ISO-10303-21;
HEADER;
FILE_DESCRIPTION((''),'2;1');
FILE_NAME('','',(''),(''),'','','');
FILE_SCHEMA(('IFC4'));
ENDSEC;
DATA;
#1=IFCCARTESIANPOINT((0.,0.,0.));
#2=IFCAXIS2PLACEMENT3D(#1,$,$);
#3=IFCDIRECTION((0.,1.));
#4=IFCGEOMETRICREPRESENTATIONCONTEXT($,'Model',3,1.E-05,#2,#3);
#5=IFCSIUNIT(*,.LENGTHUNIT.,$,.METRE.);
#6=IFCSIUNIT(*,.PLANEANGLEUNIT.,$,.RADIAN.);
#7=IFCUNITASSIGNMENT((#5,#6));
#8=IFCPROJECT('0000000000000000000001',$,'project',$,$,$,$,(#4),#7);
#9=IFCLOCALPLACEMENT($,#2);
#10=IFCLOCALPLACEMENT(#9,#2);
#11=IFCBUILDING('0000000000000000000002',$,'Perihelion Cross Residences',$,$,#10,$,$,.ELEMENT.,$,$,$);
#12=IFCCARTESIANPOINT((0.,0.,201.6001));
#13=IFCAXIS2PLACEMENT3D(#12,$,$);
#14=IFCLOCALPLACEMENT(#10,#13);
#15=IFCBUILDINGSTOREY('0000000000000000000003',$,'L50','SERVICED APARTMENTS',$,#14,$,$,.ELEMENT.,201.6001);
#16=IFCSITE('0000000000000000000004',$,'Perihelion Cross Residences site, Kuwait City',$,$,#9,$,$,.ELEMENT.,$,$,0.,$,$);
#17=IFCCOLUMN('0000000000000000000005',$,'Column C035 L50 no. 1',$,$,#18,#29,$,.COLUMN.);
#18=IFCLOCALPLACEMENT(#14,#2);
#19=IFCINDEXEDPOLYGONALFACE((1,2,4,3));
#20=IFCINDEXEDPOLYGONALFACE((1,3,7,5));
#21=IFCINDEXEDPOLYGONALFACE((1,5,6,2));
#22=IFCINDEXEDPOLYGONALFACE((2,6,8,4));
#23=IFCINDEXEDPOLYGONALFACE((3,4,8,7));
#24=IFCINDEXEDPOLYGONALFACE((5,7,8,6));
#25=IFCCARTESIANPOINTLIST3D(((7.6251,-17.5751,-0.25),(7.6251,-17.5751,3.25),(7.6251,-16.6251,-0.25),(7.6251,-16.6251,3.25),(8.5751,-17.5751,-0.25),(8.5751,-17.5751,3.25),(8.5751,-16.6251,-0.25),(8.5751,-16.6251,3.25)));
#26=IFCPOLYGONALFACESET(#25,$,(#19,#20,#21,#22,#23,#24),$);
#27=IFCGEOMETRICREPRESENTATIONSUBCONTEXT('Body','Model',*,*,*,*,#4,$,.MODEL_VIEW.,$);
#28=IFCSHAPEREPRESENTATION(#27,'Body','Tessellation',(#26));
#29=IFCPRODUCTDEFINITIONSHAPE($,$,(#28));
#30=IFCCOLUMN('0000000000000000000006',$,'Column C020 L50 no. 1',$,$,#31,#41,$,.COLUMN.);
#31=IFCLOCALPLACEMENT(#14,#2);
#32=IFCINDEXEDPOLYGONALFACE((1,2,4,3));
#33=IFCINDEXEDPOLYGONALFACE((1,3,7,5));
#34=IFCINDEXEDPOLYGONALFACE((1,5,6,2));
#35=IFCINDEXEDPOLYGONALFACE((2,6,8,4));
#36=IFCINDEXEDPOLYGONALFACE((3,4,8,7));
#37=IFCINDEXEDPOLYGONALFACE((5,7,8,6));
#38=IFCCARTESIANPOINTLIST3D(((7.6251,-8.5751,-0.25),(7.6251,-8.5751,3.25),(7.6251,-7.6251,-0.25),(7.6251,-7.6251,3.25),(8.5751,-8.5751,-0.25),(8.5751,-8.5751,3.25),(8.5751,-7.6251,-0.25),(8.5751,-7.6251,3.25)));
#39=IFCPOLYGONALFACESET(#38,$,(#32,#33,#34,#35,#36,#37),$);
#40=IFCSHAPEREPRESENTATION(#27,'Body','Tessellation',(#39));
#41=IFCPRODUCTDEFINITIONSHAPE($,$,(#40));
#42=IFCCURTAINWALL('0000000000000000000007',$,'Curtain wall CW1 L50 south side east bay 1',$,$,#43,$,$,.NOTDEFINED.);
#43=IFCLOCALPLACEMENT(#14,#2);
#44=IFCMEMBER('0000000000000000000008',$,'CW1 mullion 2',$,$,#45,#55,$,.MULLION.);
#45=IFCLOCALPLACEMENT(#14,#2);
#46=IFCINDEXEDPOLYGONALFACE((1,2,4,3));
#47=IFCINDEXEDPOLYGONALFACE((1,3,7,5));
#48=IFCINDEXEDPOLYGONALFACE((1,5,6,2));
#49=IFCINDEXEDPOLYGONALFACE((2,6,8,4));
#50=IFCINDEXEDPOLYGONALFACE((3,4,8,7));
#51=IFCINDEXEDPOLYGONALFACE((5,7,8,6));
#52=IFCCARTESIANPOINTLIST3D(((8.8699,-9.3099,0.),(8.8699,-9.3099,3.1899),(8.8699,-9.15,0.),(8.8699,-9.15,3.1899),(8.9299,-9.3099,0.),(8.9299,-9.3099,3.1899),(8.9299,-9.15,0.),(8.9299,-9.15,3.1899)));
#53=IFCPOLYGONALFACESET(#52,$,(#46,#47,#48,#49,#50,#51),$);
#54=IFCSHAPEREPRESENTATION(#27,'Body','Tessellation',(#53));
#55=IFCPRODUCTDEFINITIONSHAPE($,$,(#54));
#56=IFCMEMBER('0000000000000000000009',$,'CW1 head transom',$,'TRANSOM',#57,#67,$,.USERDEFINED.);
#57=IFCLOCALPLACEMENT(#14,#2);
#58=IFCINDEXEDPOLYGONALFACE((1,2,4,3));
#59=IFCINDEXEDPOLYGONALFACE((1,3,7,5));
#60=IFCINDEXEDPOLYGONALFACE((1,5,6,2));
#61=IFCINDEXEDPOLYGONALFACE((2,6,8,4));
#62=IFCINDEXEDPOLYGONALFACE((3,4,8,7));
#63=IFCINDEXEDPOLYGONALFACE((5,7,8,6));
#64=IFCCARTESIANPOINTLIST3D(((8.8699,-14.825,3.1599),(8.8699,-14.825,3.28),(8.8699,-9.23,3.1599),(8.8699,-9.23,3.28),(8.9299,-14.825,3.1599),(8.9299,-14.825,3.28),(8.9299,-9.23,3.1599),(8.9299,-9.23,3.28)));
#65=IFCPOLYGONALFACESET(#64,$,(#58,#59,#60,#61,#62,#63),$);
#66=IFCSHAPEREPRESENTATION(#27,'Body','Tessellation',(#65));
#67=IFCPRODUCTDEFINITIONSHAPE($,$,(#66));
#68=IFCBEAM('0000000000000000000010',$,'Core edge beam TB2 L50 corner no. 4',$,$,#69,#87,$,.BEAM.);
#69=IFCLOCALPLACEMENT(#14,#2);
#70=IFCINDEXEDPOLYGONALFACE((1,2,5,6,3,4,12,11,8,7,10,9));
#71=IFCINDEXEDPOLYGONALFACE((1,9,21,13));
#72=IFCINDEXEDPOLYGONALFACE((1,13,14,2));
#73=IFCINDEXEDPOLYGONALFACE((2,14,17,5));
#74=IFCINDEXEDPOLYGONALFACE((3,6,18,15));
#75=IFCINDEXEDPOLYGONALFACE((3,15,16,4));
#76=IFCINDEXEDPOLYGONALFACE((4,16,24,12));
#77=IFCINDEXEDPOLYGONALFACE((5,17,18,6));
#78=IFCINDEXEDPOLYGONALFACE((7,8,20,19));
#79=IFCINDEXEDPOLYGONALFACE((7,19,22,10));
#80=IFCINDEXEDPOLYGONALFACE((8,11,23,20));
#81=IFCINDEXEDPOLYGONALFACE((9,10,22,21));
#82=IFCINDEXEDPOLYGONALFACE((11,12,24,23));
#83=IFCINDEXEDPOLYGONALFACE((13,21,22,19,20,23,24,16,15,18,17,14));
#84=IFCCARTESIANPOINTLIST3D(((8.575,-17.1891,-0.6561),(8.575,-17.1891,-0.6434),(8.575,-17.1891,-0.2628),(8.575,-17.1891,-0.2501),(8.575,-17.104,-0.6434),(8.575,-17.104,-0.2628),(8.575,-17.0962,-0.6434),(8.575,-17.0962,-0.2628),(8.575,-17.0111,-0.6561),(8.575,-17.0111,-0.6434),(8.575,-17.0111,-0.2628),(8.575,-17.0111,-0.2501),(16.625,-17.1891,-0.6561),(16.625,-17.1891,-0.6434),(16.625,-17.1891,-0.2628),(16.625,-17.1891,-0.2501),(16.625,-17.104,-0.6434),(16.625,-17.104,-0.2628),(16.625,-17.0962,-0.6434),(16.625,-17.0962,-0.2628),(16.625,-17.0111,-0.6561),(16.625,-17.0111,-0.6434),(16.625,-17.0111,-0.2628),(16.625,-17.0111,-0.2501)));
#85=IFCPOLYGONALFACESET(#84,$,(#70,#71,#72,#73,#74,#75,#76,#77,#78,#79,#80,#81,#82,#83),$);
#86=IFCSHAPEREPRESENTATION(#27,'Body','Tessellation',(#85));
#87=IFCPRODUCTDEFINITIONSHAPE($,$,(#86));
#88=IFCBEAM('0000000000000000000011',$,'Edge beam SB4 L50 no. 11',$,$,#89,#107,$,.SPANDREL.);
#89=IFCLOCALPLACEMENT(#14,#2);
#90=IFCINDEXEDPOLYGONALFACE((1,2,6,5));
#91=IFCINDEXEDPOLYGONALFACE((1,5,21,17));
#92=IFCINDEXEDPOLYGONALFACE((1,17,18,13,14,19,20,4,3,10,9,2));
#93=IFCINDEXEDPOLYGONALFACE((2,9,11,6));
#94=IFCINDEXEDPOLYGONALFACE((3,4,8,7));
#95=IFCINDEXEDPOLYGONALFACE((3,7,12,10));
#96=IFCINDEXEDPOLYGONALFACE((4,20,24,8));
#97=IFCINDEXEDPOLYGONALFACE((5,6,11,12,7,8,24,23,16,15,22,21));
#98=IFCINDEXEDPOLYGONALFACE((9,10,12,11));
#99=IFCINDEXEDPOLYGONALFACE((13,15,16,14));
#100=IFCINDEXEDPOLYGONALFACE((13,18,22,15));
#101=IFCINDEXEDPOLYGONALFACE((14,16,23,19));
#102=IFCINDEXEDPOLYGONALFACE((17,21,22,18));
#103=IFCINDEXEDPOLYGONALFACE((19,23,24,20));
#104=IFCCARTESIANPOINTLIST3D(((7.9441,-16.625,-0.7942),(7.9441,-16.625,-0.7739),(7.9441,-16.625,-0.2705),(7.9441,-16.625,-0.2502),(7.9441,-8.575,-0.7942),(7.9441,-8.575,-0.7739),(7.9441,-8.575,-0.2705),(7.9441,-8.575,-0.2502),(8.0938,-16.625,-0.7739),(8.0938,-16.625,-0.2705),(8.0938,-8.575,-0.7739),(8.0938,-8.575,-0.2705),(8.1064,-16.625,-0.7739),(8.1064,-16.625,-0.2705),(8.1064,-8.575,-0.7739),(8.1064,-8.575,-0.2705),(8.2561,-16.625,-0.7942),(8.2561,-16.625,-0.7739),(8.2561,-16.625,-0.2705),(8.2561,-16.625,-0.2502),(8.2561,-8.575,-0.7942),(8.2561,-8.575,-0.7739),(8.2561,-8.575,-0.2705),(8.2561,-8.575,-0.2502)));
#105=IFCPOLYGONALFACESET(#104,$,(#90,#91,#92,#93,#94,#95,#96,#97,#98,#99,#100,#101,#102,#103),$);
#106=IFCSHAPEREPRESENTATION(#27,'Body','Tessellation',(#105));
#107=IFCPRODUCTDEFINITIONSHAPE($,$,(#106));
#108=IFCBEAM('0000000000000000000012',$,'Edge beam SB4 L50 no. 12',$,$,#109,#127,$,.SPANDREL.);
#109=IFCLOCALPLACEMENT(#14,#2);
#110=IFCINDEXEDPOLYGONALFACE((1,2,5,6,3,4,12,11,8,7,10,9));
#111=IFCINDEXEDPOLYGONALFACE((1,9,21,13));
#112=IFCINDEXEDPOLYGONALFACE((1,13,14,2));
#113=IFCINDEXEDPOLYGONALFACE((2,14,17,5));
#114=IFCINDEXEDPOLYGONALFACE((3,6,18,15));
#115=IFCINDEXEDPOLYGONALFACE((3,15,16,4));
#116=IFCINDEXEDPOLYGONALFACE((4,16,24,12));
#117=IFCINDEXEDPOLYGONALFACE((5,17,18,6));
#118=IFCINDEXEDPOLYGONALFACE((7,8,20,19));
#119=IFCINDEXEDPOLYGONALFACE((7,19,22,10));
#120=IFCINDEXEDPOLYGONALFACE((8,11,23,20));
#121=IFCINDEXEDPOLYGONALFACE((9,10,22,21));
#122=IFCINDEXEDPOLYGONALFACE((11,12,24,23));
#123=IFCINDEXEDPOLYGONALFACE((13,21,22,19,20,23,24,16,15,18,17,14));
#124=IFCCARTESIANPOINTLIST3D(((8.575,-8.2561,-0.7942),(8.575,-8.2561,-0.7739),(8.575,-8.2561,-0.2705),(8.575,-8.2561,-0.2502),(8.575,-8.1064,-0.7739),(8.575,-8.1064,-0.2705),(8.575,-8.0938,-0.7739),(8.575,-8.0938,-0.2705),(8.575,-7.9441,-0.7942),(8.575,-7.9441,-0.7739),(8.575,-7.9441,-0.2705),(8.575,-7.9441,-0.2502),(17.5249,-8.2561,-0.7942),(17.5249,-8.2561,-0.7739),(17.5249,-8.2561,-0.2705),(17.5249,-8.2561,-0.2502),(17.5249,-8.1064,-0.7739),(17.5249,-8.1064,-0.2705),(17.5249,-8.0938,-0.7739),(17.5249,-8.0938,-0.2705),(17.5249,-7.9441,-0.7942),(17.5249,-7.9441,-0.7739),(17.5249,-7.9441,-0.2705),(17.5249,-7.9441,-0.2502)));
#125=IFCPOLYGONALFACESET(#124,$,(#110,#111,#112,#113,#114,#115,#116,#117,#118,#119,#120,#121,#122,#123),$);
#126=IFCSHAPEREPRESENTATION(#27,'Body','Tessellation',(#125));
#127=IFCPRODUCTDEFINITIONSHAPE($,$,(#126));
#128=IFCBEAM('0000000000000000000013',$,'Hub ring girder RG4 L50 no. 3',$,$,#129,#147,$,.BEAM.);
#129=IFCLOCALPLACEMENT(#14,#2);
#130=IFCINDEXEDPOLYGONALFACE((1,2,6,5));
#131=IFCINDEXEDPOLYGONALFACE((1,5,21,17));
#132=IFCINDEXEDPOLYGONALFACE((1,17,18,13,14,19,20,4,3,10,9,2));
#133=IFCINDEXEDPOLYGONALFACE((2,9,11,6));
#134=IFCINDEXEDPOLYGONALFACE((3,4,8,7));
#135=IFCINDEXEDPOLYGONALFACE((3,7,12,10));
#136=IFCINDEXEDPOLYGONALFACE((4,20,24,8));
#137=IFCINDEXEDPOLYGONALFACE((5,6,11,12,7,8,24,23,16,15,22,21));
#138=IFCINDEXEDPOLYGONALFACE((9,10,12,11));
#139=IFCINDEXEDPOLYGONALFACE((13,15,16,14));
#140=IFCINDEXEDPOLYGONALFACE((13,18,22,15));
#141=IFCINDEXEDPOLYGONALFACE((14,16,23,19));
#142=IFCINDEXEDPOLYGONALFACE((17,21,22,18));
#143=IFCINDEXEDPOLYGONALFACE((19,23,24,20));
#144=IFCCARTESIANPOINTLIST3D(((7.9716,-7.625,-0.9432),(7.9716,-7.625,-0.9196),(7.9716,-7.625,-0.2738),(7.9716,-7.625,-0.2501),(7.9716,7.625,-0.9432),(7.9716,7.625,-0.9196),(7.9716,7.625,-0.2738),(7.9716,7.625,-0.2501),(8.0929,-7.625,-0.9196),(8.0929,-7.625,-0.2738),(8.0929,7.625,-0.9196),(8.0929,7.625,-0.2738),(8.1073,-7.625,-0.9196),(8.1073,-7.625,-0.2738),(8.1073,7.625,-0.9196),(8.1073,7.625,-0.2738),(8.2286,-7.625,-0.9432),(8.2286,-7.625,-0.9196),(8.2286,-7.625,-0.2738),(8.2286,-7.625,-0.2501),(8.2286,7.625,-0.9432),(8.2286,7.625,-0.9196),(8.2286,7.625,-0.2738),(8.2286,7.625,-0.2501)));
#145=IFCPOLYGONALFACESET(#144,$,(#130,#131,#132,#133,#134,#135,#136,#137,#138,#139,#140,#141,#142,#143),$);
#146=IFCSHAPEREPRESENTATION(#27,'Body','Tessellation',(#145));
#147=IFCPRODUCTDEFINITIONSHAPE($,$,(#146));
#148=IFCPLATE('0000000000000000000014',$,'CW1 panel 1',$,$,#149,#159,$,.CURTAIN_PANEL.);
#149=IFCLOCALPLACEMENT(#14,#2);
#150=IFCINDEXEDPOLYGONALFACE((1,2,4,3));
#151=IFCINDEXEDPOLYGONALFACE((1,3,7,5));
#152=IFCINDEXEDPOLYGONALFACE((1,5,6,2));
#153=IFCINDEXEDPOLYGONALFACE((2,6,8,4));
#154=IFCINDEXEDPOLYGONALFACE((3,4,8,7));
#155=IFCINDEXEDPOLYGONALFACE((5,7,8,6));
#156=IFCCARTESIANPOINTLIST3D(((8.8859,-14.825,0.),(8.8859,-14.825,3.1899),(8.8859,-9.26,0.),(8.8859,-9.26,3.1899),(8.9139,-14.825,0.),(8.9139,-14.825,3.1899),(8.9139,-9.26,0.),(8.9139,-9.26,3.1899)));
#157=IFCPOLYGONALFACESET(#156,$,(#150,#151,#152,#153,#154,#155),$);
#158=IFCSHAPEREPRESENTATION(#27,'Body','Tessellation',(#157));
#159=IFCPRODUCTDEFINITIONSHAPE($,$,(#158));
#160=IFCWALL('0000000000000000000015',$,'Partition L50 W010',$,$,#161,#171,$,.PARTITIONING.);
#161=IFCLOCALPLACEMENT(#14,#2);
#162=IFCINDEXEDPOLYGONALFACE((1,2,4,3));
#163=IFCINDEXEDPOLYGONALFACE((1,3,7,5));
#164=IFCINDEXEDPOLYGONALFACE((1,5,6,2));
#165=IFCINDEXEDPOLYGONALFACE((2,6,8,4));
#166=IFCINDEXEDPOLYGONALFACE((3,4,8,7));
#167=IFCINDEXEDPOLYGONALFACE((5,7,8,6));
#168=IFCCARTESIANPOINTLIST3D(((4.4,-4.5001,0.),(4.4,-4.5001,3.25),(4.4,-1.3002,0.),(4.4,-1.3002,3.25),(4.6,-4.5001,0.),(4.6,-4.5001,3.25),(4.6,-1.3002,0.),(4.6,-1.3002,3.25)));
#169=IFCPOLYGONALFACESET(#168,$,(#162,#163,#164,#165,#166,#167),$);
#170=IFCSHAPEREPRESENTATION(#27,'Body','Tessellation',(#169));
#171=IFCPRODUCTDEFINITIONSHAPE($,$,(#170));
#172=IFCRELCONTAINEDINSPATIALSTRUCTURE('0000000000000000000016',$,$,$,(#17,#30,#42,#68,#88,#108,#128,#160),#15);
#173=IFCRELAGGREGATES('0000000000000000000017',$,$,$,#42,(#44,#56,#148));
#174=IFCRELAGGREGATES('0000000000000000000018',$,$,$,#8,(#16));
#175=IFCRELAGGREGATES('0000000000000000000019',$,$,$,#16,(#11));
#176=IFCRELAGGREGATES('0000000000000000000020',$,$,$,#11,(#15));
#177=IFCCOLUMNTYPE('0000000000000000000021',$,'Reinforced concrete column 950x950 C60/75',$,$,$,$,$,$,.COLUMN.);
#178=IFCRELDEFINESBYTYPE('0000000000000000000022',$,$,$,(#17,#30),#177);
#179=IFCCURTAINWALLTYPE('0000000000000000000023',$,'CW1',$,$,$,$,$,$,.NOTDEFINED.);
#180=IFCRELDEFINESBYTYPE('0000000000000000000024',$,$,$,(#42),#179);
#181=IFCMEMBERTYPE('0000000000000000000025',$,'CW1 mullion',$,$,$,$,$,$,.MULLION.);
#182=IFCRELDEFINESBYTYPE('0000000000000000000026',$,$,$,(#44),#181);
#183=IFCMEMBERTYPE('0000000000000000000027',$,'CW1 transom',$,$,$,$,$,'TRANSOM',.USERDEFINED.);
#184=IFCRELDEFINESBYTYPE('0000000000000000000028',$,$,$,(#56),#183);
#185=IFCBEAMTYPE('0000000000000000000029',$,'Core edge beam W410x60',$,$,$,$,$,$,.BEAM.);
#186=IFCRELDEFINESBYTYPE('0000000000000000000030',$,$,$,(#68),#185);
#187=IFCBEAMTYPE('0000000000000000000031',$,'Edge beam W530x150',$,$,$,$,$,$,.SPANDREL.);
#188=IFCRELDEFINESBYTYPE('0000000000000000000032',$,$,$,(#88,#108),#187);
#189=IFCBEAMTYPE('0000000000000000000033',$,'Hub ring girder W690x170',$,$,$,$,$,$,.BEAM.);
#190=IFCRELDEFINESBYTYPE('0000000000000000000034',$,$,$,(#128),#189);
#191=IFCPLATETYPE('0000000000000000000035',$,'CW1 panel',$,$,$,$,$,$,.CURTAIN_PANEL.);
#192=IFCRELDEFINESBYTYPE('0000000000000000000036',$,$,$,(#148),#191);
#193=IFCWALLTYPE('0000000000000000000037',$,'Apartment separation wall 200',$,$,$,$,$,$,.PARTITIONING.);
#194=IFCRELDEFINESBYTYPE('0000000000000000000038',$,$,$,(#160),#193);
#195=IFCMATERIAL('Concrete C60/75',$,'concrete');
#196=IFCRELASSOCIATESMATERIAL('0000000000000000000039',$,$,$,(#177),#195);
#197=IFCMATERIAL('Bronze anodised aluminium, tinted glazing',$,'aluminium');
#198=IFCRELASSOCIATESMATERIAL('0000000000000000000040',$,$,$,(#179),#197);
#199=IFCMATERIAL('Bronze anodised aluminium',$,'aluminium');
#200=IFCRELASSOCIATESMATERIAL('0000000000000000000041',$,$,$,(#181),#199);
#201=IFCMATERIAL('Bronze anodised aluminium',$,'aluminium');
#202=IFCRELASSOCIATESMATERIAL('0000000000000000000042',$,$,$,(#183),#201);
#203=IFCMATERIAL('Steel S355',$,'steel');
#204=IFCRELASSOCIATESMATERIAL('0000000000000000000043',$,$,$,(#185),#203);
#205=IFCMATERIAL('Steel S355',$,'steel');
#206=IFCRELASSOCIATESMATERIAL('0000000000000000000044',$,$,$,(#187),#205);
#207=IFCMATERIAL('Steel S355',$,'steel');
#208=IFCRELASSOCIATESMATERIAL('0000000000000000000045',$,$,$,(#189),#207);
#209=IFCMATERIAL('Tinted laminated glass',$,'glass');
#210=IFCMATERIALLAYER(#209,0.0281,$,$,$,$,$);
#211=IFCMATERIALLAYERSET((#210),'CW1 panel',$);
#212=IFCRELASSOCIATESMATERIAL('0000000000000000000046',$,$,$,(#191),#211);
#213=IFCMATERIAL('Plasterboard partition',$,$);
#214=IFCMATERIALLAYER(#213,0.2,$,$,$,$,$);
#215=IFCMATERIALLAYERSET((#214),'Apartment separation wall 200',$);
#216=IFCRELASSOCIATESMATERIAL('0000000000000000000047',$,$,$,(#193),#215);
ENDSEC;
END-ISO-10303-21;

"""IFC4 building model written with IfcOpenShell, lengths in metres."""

from ifc_helpers import new_model, si_unit, direction, frame, frame_2d, origin, origin_2d, place, context, subcontext, project, spatial, rectangle, i_section, extrude, material, layer, layer_set, material_profile, profile_set, type_object, element, aggregate, save


model = new_model("IFC4")

# Units and contexts
model_context = context("Model", 3, precision=1e-05, world=origin(), true_north=direction((0.0, 1.0)))
body_context = subcontext(model_context, "Body", "Model", "MODEL_VIEW")
ifc_project = project(units=[si_unit("LENGTHUNIT", "METRE"), si_unit("PLANEANGLEUNIT", "RADIAN")], contexts=[model_context])

# Site, building, storey
site_placement = place(None, origin())
site = spatial("IfcSite", under=ifc_project, at=site_placement, Name="Perihelion Cross Residences site, Kuwait City", CompositionType="ELEMENT", RefElevation=0.0)
building_placement = place(site_placement, origin())
building = spatial("IfcBuilding", under=site, at=building_placement, Name="Perihelion Cross Residences", CompositionType="ELEMENT")
storey_placement = place(building_placement, frame((0.0, 0.0, 201.6001)))
storey = spatial("IfcBuildingStorey", under=building, at=storey_placement, Name="L50", Description="SERVICED APARTMENTS", CompositionType="ELEMENT", Elevation=201.6001)

# Columns
ifc_material_1 = material(Name="Concrete C60/75", Category="concrete")
ifc_material_profile_1 = material_profile(ifc_material_1, rectangle(XDim=0.95, YDim=0.95, at=origin_2d()), Name="RC 950x950")
ifc_profile_set_1 = profile_set([ifc_material_profile_1], Name="Concrete C60/75")
column_type = type_object("IfcColumnType", Name="Reinforced concrete column 950x950 C60/75", PredefinedType="COLUMN", material=ifc_profile_set_1)
for number, where, z_axis, x_axis, name in (
    (1, (8.1001, -17.1001, -0.25), (0.0, 0.0, 1.0), (1.0, 0.0, 0.0), "Column C035 L50 no. 1"),
    (2, (8.1001, -8.1001, -0.25), (0.0, 0.0, 1.0), (1.0, 0.0, 0.0), "Column C020 L50 no. 1"),
):
    element("IfcColumn", number, at=place(storey_placement, frame(where, z_axis=z_axis, x_axis=x_axis)), inside=storey, type_object=column_type, Name=name, PredefinedType="COLUMN", context=body_context, shape_type="SweptSolid", body=[
        extrude(rectangle(XDim=0.95, YDim=0.95, at=origin_2d()), origin(), (0.0, 0.0, 1.0), 3.5),
    ])

# Curtain wall, members
ifc_material_2 = material(Name="Bronze anodised aluminium, tinted glazing", Category="aluminium")
curtain_wall_type = type_object("IfcCurtainWallType", Name="CW1", PredefinedType="NOTDEFINED", material=ifc_material_2)
curtain_wall_placement = place(storey_placement, origin())
curtain_wall = element("IfcCurtainWall", 3, at=curtain_wall_placement, inside=storey, type_object=curtain_wall_type, Name="Curtain wall CW1 L50 south side east bay 1", PredefinedType="NOTDEFINED")
ifc_material_3 = material(Name="Bronze anodised aluminium", Category="aluminium")
ifc_material_profile_2 = material_profile(ifc_material_3, rectangle(XDim=0.0601, YDim=0.1599, at=origin_2d()), Name="CW1 mullion")
ifc_profile_set_2 = profile_set([ifc_material_profile_2], Name="Bronze anodised aluminium")
member_type_1 = type_object("IfcMemberType", Name="CW1 mullion", PredefinedType="MULLION", material=ifc_profile_set_2)
member_1_placement = place(storey_placement, frame((8.8999, -9.23, 0.0), z_axis=(0.0, 0.0, 1.0), x_axis=(-1.0, 0.0, 0.0)))
member_1 = element("IfcMember", 4, at=member_1_placement, type_object=member_type_1, Name="CW1 mullion 2", PredefinedType="MULLION", context=body_context, shape_type="SweptSolid", body=[
    extrude(rectangle(XDim=0.0601, YDim=0.1599, at=origin_2d()), origin(), (0.0, 0.0, 1.0), 3.1899),
])
ifc_material_4 = material(Name="Bronze anodised aluminium", Category="aluminium")
ifc_material_profile_3 = material_profile(ifc_material_4, rectangle(XDim=0.0601, YDim=0.1201, at=origin_2d()), Name="CW1 transom")
ifc_profile_set_3 = profile_set([ifc_material_profile_3], Name="Bronze anodised aluminium")
member_type_2 = type_object("IfcMemberType", Name="CW1 transom", ElementType="TRANSOM", PredefinedType="USERDEFINED", material=ifc_profile_set_3)
member_2_placement = place(storey_placement, frame((8.8999, -14.825, 3.22), z_axis=(0.0, 1.0, 0.0), x_axis=(-1.0, 0.0, 0.0)))
member_2 = element("IfcMember", 5, at=member_2_placement, type_object=member_type_2, Name="CW1 head transom", ObjectType="TRANSOM", PredefinedType="USERDEFINED", context=body_context, shape_type="SweptSolid", body=[
    extrude(rectangle(XDim=0.0601, YDim=0.1201, at=origin_2d()), origin(), (0.0, 0.0, 1.0), 5.595),
])

# Beams
ifc_material_5 = material(Name="Steel S355", Category="steel")
ifc_material_profile_4 = material_profile(ifc_material_5, i_section(OverallWidth=0.178, OverallDepth=0.406, WebThickness=0.0078, FlangeThickness=0.0127, at=origin_2d()), Name="W410x60")
ifc_profile_set_4 = profile_set([ifc_material_profile_4], Name="Steel S355")
beam_type_1 = type_object("IfcBeamType", Name="Core edge beam W410x60", PredefinedType="BEAM", material=ifc_profile_set_4)
beam_1_placement = place(storey_placement, frame((8.575, -17.1001, -0.4531), z_axis=(1.0, 0.0, 0.0), x_axis=(0.0, 1.0, 0.0)))
element("IfcBeam", 6, at=beam_1_placement, inside=storey, type_object=beam_type_1, Name="Core edge beam TB2 L50 corner no. 4", PredefinedType="BEAM", context=body_context, shape_type="SweptSolid", body=[
    extrude(i_section(OverallWidth=0.178, OverallDepth=0.406, WebThickness=0.0078, FlangeThickness=0.0127, at=origin_2d()), origin(), (0.0, 0.0, 1.0), 8.05),
])
ifc_material_6 = material(Name="Steel S355", Category="steel")
ifc_material_profile_5 = material_profile(ifc_material_6, i_section(OverallWidth=0.312, OverallDepth=0.5439, WebThickness=0.0127, FlangeThickness=0.0203, at=origin_2d()), Name="W530x150")
ifc_profile_set_5 = profile_set([ifc_material_profile_5], Name="Steel S355")
beam_type_2 = type_object("IfcBeamType", Name="Edge beam W530x150", PredefinedType="SPANDREL", material=ifc_profile_set_5)
beam_2_placement = place(storey_placement, frame((8.1001, -16.625, -0.5222), z_axis=(0.0, 1.0, 0.0), x_axis=(-1.0, 0.0, 0.0)))
element("IfcBeam", 7, at=beam_2_placement, inside=storey, type_object=beam_type_2, Name="Edge beam SB4 L50 no. 11", PredefinedType="SPANDREL", context=body_context, shape_type="SweptSolid", body=[
    extrude(i_section(OverallWidth=0.312, OverallDepth=0.5439, WebThickness=0.0127, FlangeThickness=0.0203, at=origin_2d()), origin(), (0.0, 0.0, 1.0), 8.05),
])
beam_3_placement = place(storey_placement, frame((8.575, -8.1001, -0.5222), z_axis=(1.0, 0.0, 0.0), x_axis=(0.0, 1.0, 0.0)))
element("IfcBeam", 8, at=beam_3_placement, inside=storey, type_object=beam_type_2, Name="Edge beam SB4 L50 no. 12", PredefinedType="SPANDREL", context=body_context, shape_type="SweptSolid", body=[
    extrude(i_section(OverallWidth=0.312, OverallDepth=0.5439, WebThickness=0.0127, FlangeThickness=0.0203, at=origin_2d()), origin(), (0.0, 0.0, 1.0), 8.95),
])
ifc_material_7 = material(Name="Steel S355", Category="steel")
ifc_material_profile_6 = material_profile(ifc_material_7, i_section(OverallWidth=0.2571, OverallDepth=0.6931, WebThickness=0.0144, FlangeThickness=0.0237, at=origin_2d()), Name="W690x170")
ifc_profile_set_6 = profile_set([ifc_material_profile_6], Name="Steel S355")
beam_type_3 = type_object("IfcBeamType", Name="Hub ring girder W690x170", PredefinedType="BEAM", material=ifc_profile_set_6)
beam_4_placement = place(storey_placement, frame((8.1001, -7.625, -0.5967), z_axis=(0.0, 1.0, 0.0), x_axis=(-1.0, 0.0, 0.0)))
element("IfcBeam", 9, at=beam_4_placement, inside=storey, type_object=beam_type_3, Name="Hub ring girder RG4 L50 no. 3", PredefinedType="BEAM", context=body_context, shape_type="SweptSolid", body=[
    extrude(i_section(OverallWidth=0.2571, OverallDepth=0.6931, WebThickness=0.0144, FlangeThickness=0.0237, at=origin_2d()), origin(), (0.0, 0.0, 1.0), 15.25),
])

# Plate
ifc_material_8 = material(Name="Tinted laminated glass", Category="glass")
ifc_layer_1 = layer(ifc_material_8, 0.0281)
ifc_layer_set_1 = layer_set([ifc_layer_1], Name="CW1 panel")
plate_type = type_object("IfcPlateType", Name="CW1 panel", PredefinedType="CURTAIN_PANEL", material=ifc_layer_set_1)
plate_placement = place(storey_placement, frame((8.8999, -12.0425, 0.0), z_axis=(0.0, 0.0, 1.0), x_axis=(0.0, 1.0, 0.0)))
plate = element("IfcPlate", 10, at=plate_placement, type_object=plate_type, Name="CW1 panel 1", PredefinedType="CURTAIN_PANEL", context=body_context, shape_type="SweptSolid", body=[
    extrude(rectangle(XDim=5.5649, YDim=0.0281, at=origin_2d()), origin(), (0.0, 0.0, 1.0), 3.1899),
])
aggregate(curtain_wall, [member_1, member_2, plate])

# Wall
ifc_material_9 = material(Name="Plasterboard partition")
ifc_layer_2 = layer(ifc_material_9, 0.2)
ifc_layer_set_2 = layer_set([ifc_layer_2], Name="Apartment separation wall 200")
wall_type_1 = type_object("IfcWallType", Name="Apartment separation wall 200", PredefinedType="PARTITIONING", material=ifc_layer_set_2)
wall_1_placement = place(storey_placement, frame((4.5, -1.3, 0.0), z_axis=(0.0, 0.0, 1.0), x_axis=(0.0, -1.0, 0.0)))
element("IfcWall", 11, at=wall_1_placement, inside=storey, type_object=wall_type_1, Name="Partition L50 W010", PredefinedType="PARTITIONING", context=body_context, shape_type="SweptSolid", body=[
    extrude(rectangle(XDim=3.2, YDim=0.2, at=frame_2d((1.6001, 0.0))), origin(), (0.0, 0.0, 1.0), 3.25),
])

save(model, "model.ifc")
